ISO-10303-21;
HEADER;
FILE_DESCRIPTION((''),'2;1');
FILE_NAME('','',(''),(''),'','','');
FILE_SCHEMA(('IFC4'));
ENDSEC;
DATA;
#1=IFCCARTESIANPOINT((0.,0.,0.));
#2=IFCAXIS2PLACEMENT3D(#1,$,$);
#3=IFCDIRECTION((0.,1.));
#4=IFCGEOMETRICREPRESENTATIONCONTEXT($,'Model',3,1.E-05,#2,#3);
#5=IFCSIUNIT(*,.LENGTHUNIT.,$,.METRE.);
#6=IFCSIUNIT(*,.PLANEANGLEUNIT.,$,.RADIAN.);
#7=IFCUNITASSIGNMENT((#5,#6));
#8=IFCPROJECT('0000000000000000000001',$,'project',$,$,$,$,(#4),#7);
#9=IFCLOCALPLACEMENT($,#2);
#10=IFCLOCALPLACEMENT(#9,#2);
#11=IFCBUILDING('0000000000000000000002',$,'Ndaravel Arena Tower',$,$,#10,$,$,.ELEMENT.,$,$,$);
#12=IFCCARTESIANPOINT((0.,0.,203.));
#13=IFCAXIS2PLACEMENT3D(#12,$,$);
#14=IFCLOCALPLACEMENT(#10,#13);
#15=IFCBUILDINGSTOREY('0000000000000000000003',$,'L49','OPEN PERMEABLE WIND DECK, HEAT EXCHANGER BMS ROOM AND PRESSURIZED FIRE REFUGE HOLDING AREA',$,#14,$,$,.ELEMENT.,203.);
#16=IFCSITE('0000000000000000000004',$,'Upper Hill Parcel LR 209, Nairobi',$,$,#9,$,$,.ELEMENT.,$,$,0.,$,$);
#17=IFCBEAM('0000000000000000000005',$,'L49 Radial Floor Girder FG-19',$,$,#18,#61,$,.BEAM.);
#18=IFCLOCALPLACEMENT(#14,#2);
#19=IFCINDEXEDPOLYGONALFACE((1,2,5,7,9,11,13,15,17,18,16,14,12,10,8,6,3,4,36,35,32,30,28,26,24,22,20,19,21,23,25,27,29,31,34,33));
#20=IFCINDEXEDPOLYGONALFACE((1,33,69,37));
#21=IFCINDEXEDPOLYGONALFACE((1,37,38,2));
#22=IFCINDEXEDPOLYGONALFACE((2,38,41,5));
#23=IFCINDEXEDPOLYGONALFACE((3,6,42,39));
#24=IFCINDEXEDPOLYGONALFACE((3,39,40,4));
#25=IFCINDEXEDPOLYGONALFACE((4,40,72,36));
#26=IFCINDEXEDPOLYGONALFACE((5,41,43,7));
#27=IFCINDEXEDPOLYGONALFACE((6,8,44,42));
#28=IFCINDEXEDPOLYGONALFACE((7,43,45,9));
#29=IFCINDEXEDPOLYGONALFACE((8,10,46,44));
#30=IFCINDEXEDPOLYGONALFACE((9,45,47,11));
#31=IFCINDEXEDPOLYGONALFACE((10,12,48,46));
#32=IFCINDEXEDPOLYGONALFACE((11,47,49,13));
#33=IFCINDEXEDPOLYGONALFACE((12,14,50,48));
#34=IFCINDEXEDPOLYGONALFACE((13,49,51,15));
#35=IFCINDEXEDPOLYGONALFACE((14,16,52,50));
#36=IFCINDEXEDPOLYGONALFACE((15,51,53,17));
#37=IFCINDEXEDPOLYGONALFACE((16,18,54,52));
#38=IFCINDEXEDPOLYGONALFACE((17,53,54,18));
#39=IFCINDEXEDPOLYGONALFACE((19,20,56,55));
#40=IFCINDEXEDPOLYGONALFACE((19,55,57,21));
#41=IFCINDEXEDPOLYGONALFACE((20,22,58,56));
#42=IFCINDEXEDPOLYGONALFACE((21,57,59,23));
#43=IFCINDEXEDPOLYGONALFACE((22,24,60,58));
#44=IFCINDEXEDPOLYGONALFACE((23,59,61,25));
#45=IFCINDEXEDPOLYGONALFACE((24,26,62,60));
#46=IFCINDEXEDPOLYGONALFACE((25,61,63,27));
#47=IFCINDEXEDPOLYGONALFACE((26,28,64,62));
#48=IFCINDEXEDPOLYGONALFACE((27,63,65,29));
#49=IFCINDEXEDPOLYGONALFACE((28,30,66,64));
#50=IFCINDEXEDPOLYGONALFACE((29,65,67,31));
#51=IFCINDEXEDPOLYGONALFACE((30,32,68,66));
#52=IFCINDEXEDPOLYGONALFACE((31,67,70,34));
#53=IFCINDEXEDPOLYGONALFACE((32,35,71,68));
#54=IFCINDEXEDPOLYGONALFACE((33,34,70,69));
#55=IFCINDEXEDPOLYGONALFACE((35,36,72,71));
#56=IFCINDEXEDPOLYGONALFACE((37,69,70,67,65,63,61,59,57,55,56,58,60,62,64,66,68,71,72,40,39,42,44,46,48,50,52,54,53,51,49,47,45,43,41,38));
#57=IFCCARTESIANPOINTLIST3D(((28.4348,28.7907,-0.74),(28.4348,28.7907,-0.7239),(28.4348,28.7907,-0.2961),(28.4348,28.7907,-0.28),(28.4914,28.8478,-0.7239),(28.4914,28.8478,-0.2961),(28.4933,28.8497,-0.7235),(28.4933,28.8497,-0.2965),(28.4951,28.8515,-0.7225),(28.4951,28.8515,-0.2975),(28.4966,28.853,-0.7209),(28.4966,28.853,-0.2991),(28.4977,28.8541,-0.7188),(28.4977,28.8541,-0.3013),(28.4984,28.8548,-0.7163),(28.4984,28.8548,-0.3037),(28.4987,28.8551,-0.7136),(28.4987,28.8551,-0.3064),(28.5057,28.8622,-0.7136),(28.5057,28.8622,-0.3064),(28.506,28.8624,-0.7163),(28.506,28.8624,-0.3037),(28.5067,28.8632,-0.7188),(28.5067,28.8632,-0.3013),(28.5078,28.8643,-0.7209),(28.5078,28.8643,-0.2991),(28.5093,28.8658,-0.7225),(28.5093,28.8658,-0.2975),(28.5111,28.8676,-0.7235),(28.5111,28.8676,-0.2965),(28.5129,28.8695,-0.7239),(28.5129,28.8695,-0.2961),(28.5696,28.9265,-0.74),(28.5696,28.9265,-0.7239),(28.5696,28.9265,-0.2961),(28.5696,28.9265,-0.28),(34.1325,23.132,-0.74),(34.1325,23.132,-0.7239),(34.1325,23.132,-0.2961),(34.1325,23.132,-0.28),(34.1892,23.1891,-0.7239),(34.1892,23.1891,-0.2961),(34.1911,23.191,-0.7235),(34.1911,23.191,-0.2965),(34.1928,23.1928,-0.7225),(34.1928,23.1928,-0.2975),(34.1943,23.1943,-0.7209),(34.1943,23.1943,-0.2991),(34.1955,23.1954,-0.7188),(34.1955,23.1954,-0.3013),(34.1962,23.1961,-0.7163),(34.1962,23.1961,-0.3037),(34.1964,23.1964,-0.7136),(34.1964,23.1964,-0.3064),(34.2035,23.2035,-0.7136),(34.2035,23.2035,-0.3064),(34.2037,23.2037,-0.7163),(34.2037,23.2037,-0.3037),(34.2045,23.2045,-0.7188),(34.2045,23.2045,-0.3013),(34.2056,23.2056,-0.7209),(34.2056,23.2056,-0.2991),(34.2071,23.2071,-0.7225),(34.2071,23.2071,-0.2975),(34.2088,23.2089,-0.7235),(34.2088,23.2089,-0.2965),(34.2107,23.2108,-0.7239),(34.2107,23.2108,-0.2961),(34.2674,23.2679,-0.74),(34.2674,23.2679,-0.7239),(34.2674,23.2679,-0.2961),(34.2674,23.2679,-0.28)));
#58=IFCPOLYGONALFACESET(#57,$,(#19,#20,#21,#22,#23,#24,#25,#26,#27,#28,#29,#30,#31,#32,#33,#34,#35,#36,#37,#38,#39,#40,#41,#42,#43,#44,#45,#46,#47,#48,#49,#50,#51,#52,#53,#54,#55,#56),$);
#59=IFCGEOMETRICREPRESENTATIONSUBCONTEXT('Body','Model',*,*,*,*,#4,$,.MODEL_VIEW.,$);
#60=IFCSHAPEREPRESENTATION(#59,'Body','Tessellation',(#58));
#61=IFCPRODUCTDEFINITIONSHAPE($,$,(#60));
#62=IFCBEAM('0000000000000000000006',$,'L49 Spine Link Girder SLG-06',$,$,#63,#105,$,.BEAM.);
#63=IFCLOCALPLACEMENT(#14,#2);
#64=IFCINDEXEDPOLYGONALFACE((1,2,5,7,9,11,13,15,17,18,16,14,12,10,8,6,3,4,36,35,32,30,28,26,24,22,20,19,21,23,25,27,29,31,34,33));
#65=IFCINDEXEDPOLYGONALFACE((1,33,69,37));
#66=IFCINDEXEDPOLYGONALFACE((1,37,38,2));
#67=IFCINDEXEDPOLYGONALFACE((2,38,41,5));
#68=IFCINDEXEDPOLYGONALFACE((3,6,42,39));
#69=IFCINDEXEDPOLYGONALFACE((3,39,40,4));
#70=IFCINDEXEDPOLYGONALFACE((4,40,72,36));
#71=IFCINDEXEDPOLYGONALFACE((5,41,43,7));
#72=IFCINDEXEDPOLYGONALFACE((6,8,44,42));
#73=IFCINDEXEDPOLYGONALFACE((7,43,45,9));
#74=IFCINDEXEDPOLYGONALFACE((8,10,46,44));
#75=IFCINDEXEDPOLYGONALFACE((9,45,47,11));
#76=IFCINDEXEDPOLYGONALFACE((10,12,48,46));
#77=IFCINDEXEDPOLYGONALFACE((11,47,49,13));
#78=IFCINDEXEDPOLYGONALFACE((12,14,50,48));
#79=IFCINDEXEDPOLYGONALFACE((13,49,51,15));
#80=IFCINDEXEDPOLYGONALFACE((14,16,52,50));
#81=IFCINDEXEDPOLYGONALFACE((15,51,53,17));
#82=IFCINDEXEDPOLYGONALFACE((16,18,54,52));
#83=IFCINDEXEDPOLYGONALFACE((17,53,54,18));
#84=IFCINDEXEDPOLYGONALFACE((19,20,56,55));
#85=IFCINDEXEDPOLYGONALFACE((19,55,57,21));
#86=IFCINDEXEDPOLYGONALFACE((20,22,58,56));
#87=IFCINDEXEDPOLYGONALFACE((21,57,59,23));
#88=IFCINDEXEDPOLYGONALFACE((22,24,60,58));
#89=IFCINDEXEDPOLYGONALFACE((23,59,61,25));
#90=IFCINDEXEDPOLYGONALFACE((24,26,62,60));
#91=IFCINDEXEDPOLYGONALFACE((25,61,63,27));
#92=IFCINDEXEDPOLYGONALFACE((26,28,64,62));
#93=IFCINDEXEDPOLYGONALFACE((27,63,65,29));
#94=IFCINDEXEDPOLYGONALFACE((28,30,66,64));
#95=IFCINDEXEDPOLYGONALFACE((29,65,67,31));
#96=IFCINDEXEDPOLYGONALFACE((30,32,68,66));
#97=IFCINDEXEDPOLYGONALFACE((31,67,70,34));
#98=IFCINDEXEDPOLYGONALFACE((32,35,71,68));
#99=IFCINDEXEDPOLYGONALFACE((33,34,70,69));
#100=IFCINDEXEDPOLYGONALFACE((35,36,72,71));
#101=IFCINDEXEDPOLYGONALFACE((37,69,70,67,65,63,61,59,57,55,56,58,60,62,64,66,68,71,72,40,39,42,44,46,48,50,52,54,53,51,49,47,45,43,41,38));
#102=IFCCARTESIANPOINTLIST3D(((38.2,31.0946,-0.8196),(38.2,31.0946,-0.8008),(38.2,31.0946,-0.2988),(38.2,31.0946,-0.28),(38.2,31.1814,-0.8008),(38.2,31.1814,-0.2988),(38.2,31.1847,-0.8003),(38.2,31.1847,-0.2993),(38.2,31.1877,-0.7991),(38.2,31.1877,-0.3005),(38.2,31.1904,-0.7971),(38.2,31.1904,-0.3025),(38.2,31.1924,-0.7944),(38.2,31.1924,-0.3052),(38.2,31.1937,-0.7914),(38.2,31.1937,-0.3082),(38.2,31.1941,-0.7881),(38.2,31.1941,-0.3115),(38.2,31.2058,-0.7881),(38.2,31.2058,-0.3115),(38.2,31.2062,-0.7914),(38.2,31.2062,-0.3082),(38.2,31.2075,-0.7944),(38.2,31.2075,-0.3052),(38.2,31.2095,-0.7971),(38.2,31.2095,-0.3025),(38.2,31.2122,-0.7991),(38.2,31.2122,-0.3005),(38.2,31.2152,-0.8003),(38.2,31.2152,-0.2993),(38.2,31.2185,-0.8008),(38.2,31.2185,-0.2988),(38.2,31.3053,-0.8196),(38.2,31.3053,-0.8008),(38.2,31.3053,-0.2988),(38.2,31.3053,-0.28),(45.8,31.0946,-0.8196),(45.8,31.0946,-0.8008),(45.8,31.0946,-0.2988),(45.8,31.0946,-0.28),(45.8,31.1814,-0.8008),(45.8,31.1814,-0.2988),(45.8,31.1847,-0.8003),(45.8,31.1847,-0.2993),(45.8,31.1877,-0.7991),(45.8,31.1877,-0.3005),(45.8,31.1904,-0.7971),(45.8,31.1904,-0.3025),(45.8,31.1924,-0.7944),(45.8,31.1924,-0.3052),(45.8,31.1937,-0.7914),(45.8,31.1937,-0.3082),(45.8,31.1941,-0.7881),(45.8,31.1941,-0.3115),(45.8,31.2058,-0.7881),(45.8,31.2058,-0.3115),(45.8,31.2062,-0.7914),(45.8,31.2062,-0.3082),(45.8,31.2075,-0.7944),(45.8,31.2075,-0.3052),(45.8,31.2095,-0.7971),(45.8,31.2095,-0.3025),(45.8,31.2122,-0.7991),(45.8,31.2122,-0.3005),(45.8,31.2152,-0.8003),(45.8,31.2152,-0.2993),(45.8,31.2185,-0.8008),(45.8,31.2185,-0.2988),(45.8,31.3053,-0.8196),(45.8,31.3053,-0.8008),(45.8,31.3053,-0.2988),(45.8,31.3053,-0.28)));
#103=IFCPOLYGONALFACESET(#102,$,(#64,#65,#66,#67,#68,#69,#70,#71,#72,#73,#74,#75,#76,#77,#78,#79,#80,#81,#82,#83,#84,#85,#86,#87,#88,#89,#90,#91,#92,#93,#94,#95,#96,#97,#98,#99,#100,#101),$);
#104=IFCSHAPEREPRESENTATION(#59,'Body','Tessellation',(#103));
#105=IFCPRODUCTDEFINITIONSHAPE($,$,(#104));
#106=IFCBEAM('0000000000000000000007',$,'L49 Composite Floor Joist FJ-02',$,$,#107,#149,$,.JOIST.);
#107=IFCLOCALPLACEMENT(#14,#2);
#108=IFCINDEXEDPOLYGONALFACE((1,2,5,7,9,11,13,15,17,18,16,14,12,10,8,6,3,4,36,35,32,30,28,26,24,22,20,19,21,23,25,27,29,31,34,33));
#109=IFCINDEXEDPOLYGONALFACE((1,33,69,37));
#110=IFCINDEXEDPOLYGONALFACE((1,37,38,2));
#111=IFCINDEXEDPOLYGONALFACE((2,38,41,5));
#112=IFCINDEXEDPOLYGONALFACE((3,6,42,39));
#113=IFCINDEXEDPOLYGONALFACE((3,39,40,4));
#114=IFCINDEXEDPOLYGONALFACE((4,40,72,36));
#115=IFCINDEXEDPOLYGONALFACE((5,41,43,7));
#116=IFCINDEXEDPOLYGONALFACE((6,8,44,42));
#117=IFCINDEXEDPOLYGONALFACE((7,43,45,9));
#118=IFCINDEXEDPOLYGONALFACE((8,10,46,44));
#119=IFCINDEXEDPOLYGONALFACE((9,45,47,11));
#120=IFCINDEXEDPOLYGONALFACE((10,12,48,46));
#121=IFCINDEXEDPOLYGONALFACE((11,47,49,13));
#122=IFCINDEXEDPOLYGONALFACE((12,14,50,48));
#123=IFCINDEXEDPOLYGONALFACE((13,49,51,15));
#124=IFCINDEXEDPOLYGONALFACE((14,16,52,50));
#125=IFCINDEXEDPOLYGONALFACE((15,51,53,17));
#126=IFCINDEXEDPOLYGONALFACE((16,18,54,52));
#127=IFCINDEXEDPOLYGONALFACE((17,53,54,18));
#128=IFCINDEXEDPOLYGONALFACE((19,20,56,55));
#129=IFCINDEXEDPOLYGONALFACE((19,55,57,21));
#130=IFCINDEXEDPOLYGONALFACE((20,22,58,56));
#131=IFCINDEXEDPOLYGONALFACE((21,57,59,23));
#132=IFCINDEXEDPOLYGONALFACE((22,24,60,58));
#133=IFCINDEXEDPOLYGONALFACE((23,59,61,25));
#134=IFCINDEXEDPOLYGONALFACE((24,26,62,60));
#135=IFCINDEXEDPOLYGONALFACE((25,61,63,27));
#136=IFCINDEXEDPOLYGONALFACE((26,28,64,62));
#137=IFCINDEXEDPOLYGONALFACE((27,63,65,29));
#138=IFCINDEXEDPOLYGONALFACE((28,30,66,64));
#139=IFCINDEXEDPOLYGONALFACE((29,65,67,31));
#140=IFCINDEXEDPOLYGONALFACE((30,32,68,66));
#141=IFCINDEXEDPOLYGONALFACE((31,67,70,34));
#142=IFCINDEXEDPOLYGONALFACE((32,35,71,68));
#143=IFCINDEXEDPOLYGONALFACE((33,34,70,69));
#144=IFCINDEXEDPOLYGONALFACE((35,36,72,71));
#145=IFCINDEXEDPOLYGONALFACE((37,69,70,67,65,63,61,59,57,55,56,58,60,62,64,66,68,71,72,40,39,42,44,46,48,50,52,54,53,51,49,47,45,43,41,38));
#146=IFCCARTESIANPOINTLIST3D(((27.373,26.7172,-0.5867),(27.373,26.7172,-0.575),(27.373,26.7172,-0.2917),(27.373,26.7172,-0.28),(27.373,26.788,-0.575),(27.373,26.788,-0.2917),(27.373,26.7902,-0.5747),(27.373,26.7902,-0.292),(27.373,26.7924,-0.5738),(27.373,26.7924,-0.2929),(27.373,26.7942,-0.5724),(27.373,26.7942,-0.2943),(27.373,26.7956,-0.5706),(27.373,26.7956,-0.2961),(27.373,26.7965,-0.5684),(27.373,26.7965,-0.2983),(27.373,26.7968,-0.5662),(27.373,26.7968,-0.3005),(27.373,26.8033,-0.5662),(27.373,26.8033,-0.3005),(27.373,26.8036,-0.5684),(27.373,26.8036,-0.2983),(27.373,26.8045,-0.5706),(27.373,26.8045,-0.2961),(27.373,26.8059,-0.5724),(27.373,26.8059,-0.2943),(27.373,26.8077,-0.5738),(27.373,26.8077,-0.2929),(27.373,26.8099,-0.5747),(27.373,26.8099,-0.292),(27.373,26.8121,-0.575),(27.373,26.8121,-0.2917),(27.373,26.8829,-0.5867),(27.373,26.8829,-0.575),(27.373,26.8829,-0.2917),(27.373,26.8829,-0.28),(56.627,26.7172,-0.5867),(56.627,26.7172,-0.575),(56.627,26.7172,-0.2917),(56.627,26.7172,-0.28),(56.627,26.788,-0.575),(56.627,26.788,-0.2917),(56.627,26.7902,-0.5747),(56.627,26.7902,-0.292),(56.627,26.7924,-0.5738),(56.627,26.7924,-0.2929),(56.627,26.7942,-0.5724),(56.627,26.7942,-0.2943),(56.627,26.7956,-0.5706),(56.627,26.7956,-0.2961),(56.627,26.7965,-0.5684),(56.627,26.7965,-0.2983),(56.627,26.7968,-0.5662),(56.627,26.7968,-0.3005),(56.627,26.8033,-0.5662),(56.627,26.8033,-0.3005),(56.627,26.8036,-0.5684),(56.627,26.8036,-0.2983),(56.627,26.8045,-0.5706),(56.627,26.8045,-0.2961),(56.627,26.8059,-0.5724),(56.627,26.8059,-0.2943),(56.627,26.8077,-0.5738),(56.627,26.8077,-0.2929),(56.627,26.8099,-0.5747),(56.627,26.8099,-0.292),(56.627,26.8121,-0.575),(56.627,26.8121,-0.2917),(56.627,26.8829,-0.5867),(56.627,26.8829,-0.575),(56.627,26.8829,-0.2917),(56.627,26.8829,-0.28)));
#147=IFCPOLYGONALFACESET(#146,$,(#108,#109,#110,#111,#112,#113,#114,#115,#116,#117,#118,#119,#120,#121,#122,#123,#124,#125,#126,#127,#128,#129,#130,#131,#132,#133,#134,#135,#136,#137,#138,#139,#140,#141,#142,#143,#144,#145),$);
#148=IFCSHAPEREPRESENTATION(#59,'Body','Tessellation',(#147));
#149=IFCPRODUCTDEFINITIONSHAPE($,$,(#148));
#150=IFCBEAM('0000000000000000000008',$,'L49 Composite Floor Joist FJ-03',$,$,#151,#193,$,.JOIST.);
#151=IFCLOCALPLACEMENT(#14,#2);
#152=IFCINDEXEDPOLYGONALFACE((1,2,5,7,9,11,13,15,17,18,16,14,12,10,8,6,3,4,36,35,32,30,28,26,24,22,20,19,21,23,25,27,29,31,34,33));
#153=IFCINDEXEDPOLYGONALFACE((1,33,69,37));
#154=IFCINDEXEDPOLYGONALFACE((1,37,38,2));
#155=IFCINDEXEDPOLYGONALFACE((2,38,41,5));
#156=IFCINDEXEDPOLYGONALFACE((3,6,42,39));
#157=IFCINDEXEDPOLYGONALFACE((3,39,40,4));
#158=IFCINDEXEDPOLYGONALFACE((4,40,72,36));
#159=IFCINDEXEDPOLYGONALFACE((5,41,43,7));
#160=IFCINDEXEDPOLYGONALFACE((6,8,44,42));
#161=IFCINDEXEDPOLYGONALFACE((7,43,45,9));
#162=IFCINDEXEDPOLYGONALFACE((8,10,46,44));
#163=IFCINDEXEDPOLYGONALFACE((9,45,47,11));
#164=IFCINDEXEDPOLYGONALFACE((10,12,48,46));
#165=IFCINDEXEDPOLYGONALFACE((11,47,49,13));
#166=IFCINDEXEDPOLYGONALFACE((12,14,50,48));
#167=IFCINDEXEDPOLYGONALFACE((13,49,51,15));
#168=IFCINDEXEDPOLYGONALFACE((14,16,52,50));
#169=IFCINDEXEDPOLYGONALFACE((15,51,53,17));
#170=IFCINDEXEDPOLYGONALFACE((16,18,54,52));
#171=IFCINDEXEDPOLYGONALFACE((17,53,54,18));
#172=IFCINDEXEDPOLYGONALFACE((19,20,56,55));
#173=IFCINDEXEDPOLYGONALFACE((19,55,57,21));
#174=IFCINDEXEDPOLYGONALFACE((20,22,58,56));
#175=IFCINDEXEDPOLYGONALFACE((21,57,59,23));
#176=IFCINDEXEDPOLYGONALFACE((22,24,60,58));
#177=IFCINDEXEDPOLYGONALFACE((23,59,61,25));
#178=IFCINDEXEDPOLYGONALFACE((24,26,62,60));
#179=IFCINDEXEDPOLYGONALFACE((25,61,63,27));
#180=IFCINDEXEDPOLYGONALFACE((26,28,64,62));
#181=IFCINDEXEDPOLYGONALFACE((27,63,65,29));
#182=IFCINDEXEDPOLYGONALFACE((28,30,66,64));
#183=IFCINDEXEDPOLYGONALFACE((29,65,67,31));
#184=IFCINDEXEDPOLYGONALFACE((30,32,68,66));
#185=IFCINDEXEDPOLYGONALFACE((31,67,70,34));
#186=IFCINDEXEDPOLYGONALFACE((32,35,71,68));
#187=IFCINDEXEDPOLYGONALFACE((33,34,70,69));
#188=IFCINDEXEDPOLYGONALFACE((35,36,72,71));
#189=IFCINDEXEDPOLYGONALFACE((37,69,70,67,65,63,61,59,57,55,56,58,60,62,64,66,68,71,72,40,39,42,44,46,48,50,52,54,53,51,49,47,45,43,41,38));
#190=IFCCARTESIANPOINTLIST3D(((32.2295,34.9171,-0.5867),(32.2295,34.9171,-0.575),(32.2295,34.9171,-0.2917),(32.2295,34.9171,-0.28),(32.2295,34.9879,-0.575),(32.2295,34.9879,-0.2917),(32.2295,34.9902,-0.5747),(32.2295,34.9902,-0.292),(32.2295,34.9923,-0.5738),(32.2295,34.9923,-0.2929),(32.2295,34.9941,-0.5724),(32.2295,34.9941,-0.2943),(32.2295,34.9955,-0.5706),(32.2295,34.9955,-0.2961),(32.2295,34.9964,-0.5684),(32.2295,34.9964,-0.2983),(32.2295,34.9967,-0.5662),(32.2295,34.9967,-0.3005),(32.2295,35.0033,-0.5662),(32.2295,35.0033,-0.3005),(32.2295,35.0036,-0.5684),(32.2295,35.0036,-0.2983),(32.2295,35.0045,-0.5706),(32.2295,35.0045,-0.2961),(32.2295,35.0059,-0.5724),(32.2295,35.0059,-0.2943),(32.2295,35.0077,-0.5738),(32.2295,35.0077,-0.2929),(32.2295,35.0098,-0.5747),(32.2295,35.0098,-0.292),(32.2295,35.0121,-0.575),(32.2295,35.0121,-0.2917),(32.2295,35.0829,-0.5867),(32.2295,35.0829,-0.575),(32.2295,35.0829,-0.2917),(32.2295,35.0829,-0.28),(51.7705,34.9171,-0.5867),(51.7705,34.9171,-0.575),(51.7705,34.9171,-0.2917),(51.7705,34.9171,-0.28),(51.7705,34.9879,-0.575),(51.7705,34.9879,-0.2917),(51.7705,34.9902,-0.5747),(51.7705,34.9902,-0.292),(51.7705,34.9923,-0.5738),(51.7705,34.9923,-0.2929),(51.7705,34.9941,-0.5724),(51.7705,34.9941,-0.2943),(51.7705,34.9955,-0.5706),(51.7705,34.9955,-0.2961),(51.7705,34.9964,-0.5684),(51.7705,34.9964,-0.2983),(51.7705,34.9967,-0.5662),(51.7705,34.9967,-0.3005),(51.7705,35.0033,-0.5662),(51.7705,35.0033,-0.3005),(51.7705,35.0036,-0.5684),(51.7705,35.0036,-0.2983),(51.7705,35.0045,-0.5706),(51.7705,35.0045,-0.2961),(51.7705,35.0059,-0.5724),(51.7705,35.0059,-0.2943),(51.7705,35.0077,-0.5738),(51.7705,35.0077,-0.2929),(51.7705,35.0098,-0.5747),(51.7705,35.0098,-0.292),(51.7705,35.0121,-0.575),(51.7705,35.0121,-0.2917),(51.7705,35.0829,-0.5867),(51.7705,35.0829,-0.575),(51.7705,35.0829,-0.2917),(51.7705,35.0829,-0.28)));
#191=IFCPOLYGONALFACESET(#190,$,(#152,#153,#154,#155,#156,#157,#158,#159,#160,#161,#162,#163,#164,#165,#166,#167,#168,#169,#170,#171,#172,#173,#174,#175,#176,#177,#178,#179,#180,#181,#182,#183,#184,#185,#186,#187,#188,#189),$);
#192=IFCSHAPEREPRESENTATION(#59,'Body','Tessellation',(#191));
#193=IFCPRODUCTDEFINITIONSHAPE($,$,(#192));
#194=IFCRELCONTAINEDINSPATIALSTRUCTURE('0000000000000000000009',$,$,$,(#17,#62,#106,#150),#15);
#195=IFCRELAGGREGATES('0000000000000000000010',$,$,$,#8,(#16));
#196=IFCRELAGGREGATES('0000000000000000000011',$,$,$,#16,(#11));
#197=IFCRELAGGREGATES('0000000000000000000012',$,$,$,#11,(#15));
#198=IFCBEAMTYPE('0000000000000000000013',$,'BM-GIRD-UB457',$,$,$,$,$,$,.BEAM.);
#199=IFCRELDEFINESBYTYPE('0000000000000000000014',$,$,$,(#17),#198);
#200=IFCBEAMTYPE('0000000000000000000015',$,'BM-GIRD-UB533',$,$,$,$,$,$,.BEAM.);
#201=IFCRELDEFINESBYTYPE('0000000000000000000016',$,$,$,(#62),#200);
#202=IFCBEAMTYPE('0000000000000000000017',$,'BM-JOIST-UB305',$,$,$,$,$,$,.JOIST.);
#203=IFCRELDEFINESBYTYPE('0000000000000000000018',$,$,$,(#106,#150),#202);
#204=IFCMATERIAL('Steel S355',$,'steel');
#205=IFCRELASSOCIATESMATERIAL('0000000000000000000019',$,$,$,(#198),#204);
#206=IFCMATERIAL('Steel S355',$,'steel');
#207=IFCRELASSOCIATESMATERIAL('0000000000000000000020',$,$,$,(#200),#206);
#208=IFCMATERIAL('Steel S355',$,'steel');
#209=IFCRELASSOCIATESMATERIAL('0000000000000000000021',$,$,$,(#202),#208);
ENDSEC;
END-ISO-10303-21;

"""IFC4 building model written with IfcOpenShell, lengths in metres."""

from ifc_helpers import new_model, si_unit, direction, frame, origin, origin_2d, place, context, subcontext, project, spatial, i_section, extrude, material, material_profile, profile_set, type_object, element, save


model = new_model("IFC4")

# Units and contexts
model_context = context("Model", 3, precision=1e-05, world=origin(), true_north=direction((0.0, 1.0)))
body_context = subcontext(model_context, "Body", "Model", "MODEL_VIEW")
ifc_project = project(units=[si_unit("LENGTHUNIT", "METRE"), si_unit("PLANEANGLEUNIT", "RADIAN")], contexts=[model_context])

# Site, building, storey
site_placement = place(None, origin())
site = spatial("IfcSite", under=ifc_project, at=site_placement, Name="Upper Hill Parcel LR 209, Nairobi", CompositionType="ELEMENT", RefElevation=0.0)
building_placement = place(site_placement, origin())
building = spatial("IfcBuilding", under=site, at=building_placement, Name="Ndaravel Arena Tower", CompositionType="ELEMENT")
storey_placement = place(building_placement, frame((0.0, 0.0, 203.0)))
storey = spatial("IfcBuildingStorey", under=building, at=storey_placement, Name="L49", Description="OPEN PERMEABLE WIND DECK, HEAT EXCHANGER BMS ROOM AND PRESSURIZED FIRE REFUGE HOLDING AREA", CompositionType="ELEMENT", Elevation=203.0)

# Beams
ifc_material_1 = material(Name="Steel S355", Category="steel")
ifc_material_profile_1 = material_profile(ifc_material_1, i_section(OverallWidth=0.1914, OverallDepth=0.46, WebThickness=0.01, FlangeThickness=0.0161, FilletRadius=0.0103, at=origin_2d()), Name="UB 457x191x82")
ifc_profile_set_1 = profile_set([ifc_material_profile_1], Name="Steel S355")
beam_type_1 = type_object("IfcBeamType", Name="BM-GIRD-UB457", PredefinedType="BEAM", material=ifc_profile_set_1)
beam_1_placement = place(storey_placement, frame((28.5022, 28.8586, -0.51), z_axis=(0.709535, -0.70467, 0.0), x_axis=(0.70467, 0.709535, 0.0)))
element("IfcBeam", 1, at=beam_1_placement, inside=storey, type_object=beam_type_1, Name="L49 Radial Floor Girder FG-19", PredefinedType="BEAM", context=body_context, shape_type="SweptSolid", body=[
    extrude(i_section(OverallWidth=0.1914, OverallDepth=0.46, WebThickness=0.01, FlangeThickness=0.0161, FilletRadius=0.0103, at=origin_2d()), origin(), (0.0, 0.0, 1.0), 8.0303),
])
ifc_material_2 = material(Name="Steel S355", Category="steel")
ifc_material_profile_2 = material_profile(ifc_material_2, i_section(OverallWidth=0.2107, OverallDepth=0.5396, WebThickness=0.0117, FlangeThickness=0.0188, FilletRadius=0.0127, at=origin_2d()), Name="UB 533x210x109")
ifc_profile_set_2 = profile_set([ifc_material_profile_2], Name="Steel S355")
beam_type_2 = type_object("IfcBeamType", Name="BM-GIRD-UB533", PredefinedType="BEAM", material=ifc_profile_set_2)
beam_2_placement = place(storey_placement, frame((38.2, 31.2, -0.5498), z_axis=(1.0, 0.0, 0.0), x_axis=(0.0, 1.0, 0.0)))
element("IfcBeam", 2, at=beam_2_placement, inside=storey, type_object=beam_type_2, Name="L49 Spine Link Girder SLG-06", PredefinedType="BEAM", context=body_context, shape_type="SweptSolid", body=[
    extrude(i_section(OverallWidth=0.2107, OverallDepth=0.5396, WebThickness=0.0117, FlangeThickness=0.0188, FilletRadius=0.0127, at=origin_2d()), origin(), (0.0, 0.0, 1.0), 7.6001),
])
ifc_material_3 = material(Name="Steel S355", Category="steel")
ifc_material_profile_3 = material_profile(ifc_material_3, i_section(OverallWidth=0.1658, OverallDepth=0.3066, WebThickness=0.0066, FlangeThickness=0.0117, FilletRadius=0.0088, at=origin_2d()), Name="UB 305x165x46")
ifc_profile_set_3 = profile_set([ifc_material_profile_3], Name="Steel S355")
beam_type_3 = type_object("IfcBeamType", Name="BM-JOIST-UB305", PredefinedType="JOIST", material=ifc_profile_set_3)
beam_3_placement = place(storey_placement, frame((27.373, 26.8, -0.4333), z_axis=(1.0, 0.0, 0.0), x_axis=(0.0, 1.0, 0.0)))
element("IfcBeam", 3, at=beam_3_placement, inside=storey, type_object=beam_type_3, Name="L49 Composite Floor Joist FJ-02", PredefinedType="JOIST", context=body_context, shape_type="SweptSolid", body=[
    extrude(i_section(OverallWidth=0.1658, OverallDepth=0.3066, WebThickness=0.0066, FlangeThickness=0.0117, FilletRadius=0.0088, at=origin_2d()), origin(), (0.0, 0.0, 1.0), 29.2539),
])
beam_4_placement = place(storey_placement, frame((32.2295, 35.0, -0.4333), z_axis=(1.0, 0.0, 0.0), x_axis=(0.0, 1.0, 0.0)))
element("IfcBeam", 4, at=beam_4_placement, inside=storey, type_object=beam_type_3, Name="L49 Composite Floor Joist FJ-03", PredefinedType="JOIST", context=body_context, shape_type="SweptSolid", body=[
    extrude(i_section(OverallWidth=0.1658, OverallDepth=0.3066, WebThickness=0.0066, FlangeThickness=0.0117, FilletRadius=0.0088, at=origin_2d()), origin(), (0.0, 0.0, 1.0), 19.541),
])

save(model, "model.ifc")
